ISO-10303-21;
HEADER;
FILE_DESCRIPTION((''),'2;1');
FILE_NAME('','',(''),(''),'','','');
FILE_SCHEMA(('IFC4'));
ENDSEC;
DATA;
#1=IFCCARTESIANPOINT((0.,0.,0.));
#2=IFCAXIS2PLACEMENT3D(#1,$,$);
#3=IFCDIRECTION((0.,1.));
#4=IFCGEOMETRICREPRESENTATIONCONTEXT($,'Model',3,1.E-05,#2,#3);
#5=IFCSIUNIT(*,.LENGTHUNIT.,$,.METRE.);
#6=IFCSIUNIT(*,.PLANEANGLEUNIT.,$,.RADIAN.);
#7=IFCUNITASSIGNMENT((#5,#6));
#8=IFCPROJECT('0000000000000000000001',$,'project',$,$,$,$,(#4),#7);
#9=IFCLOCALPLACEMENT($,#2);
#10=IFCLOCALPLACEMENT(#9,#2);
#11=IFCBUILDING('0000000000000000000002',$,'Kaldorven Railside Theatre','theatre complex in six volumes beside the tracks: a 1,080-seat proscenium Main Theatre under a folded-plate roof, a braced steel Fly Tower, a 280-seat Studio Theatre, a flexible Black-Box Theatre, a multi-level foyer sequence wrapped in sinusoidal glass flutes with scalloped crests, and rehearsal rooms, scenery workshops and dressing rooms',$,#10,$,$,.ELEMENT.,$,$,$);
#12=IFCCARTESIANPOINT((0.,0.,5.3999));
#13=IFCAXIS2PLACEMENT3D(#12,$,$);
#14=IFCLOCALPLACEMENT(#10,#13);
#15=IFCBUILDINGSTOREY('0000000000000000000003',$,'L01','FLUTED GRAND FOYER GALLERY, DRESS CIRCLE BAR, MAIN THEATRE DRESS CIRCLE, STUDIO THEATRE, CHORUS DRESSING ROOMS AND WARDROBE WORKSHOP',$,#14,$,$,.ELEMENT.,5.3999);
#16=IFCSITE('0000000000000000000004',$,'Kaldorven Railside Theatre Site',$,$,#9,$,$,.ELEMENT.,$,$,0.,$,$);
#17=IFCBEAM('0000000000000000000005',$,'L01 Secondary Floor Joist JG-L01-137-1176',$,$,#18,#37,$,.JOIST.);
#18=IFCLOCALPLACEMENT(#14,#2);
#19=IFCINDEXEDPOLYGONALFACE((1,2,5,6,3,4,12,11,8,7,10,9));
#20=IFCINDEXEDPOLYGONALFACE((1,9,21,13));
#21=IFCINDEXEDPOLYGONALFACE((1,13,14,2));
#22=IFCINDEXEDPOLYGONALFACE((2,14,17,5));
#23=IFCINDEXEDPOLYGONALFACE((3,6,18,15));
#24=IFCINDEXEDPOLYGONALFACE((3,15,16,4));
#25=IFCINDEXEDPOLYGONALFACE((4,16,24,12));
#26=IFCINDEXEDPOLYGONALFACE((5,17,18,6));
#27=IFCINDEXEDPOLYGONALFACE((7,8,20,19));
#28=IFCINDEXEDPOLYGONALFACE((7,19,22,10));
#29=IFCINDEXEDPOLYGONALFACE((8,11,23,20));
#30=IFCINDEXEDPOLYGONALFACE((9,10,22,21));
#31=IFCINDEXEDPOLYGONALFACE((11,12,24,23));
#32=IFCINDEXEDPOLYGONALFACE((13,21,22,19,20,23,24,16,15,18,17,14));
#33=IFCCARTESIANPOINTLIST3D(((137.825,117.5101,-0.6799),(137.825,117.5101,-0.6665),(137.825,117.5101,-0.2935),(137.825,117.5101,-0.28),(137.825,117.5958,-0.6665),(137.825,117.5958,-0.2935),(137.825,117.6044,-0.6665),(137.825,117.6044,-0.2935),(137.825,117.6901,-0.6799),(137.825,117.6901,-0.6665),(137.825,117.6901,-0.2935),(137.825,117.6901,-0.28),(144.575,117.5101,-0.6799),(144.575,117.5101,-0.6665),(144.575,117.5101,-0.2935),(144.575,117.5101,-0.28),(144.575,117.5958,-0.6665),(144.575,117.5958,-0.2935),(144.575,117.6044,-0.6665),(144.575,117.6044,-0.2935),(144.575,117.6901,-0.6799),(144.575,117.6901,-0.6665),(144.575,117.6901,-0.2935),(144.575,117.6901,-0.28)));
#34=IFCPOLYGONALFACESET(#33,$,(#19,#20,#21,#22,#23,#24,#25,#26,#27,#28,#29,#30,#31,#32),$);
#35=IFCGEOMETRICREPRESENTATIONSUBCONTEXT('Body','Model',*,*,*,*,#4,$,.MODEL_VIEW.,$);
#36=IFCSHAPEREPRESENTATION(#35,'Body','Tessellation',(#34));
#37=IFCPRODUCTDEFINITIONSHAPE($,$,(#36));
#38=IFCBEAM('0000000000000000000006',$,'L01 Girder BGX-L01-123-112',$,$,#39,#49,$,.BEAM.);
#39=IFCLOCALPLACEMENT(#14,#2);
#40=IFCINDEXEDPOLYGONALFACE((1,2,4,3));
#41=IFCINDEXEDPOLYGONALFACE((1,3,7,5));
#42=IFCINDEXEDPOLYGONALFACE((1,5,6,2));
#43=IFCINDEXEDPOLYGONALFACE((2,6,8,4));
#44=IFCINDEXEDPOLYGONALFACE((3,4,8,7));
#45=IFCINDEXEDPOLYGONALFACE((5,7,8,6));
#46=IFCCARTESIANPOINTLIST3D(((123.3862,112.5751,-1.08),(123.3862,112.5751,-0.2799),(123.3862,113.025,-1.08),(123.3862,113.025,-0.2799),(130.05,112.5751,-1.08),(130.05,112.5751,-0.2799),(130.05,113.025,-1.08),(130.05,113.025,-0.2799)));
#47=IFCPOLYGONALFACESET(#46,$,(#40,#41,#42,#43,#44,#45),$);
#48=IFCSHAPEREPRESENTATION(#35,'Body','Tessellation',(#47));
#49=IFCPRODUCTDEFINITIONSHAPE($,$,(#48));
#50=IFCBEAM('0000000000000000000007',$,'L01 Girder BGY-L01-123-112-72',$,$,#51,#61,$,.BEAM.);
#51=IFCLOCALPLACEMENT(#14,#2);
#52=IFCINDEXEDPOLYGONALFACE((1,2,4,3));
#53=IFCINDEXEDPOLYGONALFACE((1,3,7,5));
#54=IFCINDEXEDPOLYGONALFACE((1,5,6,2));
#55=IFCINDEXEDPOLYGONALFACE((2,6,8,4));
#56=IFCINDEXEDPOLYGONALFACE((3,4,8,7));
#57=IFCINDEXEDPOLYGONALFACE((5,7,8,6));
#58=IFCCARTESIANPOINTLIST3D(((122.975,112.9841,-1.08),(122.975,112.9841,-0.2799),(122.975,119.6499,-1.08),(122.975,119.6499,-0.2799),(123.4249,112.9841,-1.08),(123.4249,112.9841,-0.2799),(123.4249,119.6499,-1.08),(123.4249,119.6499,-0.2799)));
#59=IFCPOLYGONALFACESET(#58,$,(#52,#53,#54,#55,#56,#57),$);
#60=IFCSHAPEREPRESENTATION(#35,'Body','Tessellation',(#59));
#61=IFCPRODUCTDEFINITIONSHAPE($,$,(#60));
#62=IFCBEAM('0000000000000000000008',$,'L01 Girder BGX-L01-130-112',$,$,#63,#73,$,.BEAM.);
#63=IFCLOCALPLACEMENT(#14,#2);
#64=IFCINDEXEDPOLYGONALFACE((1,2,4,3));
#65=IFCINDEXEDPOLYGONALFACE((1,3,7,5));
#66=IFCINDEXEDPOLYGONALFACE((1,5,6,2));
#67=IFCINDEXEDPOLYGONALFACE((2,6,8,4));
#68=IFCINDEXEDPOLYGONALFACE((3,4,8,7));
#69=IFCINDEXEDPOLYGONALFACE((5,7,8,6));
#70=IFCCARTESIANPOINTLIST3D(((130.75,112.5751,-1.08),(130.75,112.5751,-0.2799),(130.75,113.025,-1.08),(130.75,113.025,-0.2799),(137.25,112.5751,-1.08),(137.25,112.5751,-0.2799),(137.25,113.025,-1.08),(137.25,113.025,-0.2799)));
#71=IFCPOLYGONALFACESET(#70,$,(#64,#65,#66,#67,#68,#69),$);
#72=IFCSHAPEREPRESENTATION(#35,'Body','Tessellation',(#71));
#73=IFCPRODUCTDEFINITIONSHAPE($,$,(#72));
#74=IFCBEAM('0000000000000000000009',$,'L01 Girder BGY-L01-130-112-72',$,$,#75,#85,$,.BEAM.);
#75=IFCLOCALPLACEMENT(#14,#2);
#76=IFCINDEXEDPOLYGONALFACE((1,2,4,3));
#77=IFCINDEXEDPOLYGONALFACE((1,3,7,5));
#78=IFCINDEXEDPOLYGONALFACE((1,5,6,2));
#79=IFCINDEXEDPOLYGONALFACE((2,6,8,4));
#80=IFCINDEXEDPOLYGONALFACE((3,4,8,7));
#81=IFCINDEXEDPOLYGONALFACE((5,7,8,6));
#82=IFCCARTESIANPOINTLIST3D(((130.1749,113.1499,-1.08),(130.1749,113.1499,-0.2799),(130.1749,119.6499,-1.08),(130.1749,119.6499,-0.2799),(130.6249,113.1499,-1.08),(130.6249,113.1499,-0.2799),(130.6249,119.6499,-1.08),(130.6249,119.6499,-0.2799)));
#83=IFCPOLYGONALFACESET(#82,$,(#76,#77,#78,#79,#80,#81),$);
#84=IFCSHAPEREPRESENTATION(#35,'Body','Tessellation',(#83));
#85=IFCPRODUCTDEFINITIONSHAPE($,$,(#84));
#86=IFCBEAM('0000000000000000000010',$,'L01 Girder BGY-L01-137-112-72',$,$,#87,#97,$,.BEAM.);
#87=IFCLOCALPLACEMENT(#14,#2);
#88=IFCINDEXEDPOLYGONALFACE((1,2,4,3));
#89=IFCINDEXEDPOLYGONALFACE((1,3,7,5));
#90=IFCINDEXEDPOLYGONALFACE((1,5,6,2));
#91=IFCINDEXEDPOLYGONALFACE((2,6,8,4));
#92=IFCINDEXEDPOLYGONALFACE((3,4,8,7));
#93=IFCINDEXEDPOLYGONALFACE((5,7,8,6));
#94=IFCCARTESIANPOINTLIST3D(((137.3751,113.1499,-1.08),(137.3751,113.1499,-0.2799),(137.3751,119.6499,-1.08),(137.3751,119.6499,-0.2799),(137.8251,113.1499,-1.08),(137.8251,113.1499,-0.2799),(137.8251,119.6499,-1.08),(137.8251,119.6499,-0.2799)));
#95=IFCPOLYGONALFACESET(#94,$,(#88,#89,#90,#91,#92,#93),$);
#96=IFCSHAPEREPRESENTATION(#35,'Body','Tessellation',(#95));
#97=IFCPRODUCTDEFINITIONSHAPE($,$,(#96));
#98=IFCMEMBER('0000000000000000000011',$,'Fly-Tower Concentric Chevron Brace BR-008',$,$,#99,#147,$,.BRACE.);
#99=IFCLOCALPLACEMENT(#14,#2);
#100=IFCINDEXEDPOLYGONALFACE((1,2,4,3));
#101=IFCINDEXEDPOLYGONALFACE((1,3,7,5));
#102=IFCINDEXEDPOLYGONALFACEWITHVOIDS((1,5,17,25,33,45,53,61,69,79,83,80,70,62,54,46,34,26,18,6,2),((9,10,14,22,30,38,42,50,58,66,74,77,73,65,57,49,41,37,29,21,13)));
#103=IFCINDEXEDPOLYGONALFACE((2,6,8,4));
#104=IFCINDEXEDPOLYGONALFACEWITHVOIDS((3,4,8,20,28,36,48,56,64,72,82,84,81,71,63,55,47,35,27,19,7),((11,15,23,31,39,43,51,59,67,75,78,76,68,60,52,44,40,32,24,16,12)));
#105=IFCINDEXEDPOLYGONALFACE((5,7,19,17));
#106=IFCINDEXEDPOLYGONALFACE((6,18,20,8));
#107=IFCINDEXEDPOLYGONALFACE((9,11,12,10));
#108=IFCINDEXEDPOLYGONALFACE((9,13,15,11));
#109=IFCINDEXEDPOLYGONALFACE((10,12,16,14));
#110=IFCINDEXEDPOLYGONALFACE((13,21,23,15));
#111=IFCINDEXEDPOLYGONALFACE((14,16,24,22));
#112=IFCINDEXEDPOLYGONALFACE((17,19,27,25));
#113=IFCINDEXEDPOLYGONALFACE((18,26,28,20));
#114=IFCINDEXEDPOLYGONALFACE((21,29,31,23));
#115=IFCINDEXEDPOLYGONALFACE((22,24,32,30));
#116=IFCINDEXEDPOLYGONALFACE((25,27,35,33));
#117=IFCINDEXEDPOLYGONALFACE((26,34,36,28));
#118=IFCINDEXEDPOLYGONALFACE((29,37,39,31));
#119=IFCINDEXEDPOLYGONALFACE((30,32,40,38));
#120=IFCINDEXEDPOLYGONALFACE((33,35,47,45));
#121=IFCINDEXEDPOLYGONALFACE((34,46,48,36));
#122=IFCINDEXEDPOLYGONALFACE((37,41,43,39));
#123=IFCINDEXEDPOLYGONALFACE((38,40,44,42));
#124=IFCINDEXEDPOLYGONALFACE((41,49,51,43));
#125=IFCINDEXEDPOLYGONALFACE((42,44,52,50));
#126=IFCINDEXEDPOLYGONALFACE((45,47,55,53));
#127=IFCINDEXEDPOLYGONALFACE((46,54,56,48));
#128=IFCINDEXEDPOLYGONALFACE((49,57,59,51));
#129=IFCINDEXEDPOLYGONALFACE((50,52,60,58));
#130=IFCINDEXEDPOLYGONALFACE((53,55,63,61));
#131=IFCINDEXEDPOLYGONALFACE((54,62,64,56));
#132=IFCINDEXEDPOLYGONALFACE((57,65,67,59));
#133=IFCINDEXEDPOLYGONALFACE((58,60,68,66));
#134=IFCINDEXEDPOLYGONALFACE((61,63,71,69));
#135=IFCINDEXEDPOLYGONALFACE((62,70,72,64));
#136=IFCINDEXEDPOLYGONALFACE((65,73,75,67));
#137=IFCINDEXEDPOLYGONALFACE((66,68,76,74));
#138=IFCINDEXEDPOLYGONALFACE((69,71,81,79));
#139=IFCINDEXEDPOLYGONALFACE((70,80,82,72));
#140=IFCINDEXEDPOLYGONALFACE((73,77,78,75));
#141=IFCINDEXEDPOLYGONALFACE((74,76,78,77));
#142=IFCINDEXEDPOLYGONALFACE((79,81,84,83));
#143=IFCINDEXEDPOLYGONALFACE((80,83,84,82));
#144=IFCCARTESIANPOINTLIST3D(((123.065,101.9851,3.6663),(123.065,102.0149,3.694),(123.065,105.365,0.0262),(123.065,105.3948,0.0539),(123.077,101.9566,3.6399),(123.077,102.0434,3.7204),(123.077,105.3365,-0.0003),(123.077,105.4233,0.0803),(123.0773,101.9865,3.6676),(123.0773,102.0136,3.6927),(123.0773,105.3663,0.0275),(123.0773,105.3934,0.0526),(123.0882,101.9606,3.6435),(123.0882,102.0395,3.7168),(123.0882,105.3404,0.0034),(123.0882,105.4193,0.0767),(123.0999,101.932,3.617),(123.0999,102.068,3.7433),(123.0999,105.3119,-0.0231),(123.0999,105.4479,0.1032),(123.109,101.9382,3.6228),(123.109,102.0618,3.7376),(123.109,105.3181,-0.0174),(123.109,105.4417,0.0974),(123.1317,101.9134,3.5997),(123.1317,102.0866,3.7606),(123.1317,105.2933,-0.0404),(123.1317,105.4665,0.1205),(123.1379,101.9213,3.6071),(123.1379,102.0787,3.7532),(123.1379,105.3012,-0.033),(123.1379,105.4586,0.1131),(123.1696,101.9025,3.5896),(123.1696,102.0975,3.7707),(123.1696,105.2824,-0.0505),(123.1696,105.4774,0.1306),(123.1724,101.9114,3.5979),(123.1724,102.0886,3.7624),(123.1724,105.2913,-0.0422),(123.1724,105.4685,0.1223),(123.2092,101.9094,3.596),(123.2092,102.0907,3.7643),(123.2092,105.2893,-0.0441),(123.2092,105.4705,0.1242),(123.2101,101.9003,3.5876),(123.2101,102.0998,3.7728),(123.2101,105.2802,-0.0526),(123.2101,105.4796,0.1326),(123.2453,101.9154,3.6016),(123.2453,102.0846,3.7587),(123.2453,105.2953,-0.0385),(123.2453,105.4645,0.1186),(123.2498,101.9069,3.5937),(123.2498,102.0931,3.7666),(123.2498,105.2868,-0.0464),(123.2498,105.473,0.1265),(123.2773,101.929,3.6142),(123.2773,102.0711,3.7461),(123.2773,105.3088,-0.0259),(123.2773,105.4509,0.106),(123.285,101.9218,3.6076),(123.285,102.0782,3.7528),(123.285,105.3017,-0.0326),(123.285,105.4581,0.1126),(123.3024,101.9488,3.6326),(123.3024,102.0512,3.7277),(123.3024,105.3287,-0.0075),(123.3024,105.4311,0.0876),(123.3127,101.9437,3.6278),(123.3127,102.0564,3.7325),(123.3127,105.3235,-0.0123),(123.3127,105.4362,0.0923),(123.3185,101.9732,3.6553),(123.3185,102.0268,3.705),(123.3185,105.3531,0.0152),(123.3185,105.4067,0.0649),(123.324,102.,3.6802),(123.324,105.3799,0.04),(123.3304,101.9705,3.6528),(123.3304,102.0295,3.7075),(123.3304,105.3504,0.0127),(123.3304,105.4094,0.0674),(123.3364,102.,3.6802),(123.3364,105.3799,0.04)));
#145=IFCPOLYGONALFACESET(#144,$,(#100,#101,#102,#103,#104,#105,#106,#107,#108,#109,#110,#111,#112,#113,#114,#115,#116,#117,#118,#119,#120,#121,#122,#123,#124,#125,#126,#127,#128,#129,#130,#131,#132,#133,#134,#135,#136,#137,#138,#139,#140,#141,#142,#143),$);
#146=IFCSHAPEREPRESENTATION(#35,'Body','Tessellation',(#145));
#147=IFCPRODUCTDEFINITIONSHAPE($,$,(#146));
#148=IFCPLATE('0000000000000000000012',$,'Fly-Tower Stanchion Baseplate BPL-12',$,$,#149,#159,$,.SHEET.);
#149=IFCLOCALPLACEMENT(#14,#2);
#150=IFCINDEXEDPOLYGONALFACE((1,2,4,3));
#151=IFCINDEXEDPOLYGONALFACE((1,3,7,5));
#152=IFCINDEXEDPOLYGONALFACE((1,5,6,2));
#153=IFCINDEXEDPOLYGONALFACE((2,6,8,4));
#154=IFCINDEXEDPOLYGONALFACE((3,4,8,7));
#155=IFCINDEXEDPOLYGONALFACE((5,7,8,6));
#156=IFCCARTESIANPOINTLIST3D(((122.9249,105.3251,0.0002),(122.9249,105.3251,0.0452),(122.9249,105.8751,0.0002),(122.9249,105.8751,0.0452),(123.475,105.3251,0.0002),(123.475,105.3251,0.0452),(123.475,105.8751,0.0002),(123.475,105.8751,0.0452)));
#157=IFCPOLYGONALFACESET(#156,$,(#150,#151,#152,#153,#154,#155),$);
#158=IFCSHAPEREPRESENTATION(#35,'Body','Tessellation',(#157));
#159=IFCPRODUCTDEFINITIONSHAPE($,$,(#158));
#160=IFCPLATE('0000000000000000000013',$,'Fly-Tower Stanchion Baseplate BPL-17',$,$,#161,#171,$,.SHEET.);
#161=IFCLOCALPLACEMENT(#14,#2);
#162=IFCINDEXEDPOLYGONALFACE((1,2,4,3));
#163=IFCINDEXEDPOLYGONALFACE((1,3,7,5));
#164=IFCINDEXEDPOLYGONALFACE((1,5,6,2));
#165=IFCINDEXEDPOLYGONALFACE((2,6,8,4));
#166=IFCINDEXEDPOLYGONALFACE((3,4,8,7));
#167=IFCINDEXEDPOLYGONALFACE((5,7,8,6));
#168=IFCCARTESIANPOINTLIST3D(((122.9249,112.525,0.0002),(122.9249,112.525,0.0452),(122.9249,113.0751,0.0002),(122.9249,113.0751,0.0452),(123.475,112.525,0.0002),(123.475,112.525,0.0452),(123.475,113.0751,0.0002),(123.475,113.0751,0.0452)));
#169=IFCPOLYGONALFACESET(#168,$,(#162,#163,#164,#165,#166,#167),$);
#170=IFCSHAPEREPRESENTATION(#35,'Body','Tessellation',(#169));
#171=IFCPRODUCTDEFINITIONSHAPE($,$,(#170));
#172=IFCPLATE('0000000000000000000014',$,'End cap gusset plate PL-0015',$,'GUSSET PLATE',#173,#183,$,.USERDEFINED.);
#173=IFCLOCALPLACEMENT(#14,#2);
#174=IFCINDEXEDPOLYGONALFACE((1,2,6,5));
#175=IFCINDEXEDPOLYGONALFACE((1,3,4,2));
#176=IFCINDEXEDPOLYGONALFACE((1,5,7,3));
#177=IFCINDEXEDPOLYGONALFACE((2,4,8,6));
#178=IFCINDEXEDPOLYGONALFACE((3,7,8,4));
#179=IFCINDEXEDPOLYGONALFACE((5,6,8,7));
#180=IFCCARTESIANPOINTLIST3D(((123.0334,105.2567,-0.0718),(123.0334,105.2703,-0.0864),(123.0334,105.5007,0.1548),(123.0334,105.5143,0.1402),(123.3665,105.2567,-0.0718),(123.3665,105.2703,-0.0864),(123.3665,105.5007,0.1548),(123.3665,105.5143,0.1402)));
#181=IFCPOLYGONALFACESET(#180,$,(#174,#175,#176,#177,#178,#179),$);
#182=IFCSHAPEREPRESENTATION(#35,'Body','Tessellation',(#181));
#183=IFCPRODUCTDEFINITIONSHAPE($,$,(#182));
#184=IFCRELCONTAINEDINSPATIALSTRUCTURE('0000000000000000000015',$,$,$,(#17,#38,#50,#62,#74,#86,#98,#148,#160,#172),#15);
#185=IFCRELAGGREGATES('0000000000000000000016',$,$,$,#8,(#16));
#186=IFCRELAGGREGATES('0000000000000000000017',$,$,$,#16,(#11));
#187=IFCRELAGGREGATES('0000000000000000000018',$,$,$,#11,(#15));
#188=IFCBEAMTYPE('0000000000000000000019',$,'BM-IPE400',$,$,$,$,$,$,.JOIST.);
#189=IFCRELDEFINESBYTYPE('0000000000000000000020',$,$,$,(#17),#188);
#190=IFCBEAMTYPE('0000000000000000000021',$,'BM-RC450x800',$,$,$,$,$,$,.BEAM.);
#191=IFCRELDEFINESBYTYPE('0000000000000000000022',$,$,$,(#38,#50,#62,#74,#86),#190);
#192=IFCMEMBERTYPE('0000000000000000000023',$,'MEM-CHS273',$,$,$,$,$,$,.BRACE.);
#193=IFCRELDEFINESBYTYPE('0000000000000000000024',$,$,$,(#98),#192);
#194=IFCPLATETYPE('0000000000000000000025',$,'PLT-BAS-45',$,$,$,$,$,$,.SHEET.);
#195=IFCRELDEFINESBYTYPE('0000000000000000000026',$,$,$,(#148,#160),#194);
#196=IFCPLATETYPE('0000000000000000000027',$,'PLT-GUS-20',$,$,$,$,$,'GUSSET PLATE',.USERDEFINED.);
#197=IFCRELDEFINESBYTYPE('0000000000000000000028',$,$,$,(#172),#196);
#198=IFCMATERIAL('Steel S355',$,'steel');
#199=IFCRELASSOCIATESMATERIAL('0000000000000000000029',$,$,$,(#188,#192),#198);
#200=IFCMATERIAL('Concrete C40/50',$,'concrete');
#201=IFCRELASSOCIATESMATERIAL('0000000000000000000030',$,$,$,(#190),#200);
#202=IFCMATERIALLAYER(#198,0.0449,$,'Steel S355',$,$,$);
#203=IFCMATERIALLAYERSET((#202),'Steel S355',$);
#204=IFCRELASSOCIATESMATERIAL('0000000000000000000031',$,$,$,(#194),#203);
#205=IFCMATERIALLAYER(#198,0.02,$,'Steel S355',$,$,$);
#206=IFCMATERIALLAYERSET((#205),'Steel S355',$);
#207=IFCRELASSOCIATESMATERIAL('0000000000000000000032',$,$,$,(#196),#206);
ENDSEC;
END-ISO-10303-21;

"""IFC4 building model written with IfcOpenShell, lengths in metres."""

from ifc_helpers import new_model, si_unit, direction, frame, origin, origin_2d, place, context, subcontext, project, spatial, rectangle, hollow_circle, i_section, extrude, material, layer, layer_set, material_profile, profile_set, type_object, element, save


model = new_model("IFC4")

# Units and contexts
model_context = context("Model", 3, precision=1e-05, world=origin(), true_north=direction((0.0, 1.0)))
body_context = subcontext(model_context, "Body", "Model", "MODEL_VIEW")
ifc_project = project(units=[si_unit("LENGTHUNIT", "METRE"), si_unit("PLANEANGLEUNIT", "RADIAN")], contexts=[model_context])

# Site, building, storey
site_placement = place(None, origin())
site = spatial("IfcSite", under=ifc_project, at=site_placement, Name="Kaldorven Railside Theatre Site", CompositionType="ELEMENT", RefElevation=0.0)
building_placement = place(site_placement, origin())
building = spatial("IfcBuilding", under=site, at=building_placement, Name="Kaldorven Railside Theatre", Description="theatre complex in six volumes beside the tracks: a 1,080-seat proscenium Main Theatre under a folded-plate roof, a braced steel Fly Tower, a 280-seat Studio Theatre, a flexible Black-Box Theatre, a multi-level foyer sequence wrapped in sinusoidal glass flutes with scalloped crests, and rehearsal rooms, scenery workshops and dressing rooms", CompositionType="ELEMENT")
storey_placement = place(building_placement, frame((0.0, 0.0, 5.3999)))
storey = spatial("IfcBuildingStorey", under=building, at=storey_placement, Name="L01", Description="FLUTED GRAND FOYER GALLERY, DRESS CIRCLE BAR, MAIN THEATRE DRESS CIRCLE, STUDIO THEATRE, CHORUS DRESSING ROOMS AND WARDROBE WORKSHOP", CompositionType="ELEMENT", Elevation=5.3999)

# Shared definitions
ifc_material_1 = material(Name="Steel S355", Category="steel")
ifc_material_2 = material(Name="Concrete C40/50", Category="concrete")

# Beams
ifc_material_profile_1 = material_profile(ifc_material_1, i_section(OverallWidth=0.1799, OverallDepth=0.3999, WebThickness=0.0085, FlangeThickness=0.0134, at=origin_2d()), Name="IPE 400")
ifc_profile_set_1 = profile_set([ifc_material_profile_1], Name="Steel S355")
beam_type_1 = type_object("IfcBeamType", Name="BM-IPE400", PredefinedType="JOIST", material=ifc_profile_set_1)
for number, where, z_axis, x_axis, name in (
    (1, (137.825, 117.6001, -0.48), (1.0, 0.0, 0.0), (0.0, 1.0, 0.0), "L01 Secondary Floor Joist JG-L01-137-1176"),
):
    element("IfcBeam", number, at=place(storey_placement, frame(where, z_axis=z_axis, x_axis=x_axis)), inside=storey, type_object=beam_type_1, Name=name, PredefinedType="JOIST", context=body_context, shape_type="SweptSolid", body=[
        extrude(i_section(OverallWidth=0.1799, OverallDepth=0.3999, WebThickness=0.0085, FlangeThickness=0.0134, at=origin_2d()), origin(), (0.0, 0.0, 1.0), 6.75),
    ])
ifc_material_profile_2 = material_profile(ifc_material_2, rectangle(XDim=0.45, YDim=0.8, at=origin_2d()), Name="RC 450x800")
ifc_profile_set_2 = profile_set([ifc_material_profile_2], Name="Concrete C40/50")
beam_type_2 = type_object("IfcBeamType", Name="BM-RC450x800", PredefinedType="BEAM", material=ifc_profile_set_2)
beam_1_placement = place(storey_placement, frame((123.3862, 112.8, -0.6799), z_axis=(1.0, 0.0, 0.0), x_axis=(0.0, 1.0, 0.0)))
element("IfcBeam", 2, at=beam_1_placement, inside=storey, type_object=beam_type_2, Name="L01 Girder BGX-L01-123-112", PredefinedType="BEAM", context=body_context, shape_type="SweptSolid", body=[
    extrude(rectangle(XDim=0.45, YDim=0.8, at=origin_2d()), origin(), (0.0, 0.0, 1.0), 6.6638),
])
beam_2_placement = place(storey_placement, frame((123.2, 112.9841, -0.6799), z_axis=(0.0, 1.0, 0.0), x_axis=(-1.0, 0.0, 0.0)))
element("IfcBeam", 3, at=beam_2_placement, inside=storey, type_object=beam_type_2, Name="L01 Girder BGY-L01-123-112-72", PredefinedType="BEAM", context=body_context, shape_type="SweptSolid", body=[
    extrude(rectangle(XDim=0.45, YDim=0.8, at=origin_2d()), origin(), (0.0, 0.0, 1.0), 6.6658),
])
for number, where, z_axis, x_axis, name in (
    (4, (130.75, 112.8, -0.6799), (1.0, 0.0, 0.0), (0.0, 1.0, 0.0), "L01 Girder BGX-L01-130-112"),
    (5, (130.3999, 113.1499, -0.6799), (0.0, 1.0, 0.0), (-1.0, 0.0, 0.0), "L01 Girder BGY-L01-130-112-72"),
    (6, (137.6001, 113.1499, -0.6799), (0.0, 1.0, 0.0), (-1.0, 0.0, 0.0), "L01 Girder BGY-L01-137-112-72"),
):
    element("IfcBeam", number, at=place(storey_placement, frame(where, z_axis=z_axis, x_axis=x_axis)), inside=storey, type_object=beam_type_2, Name=name, PredefinedType="BEAM", context=body_context, shape_type="SweptSolid", body=[
        extrude(rectangle(XDim=0.45, YDim=0.8, at=origin_2d()), origin(), (0.0, 0.0, 1.0), 6.5),
    ])

# Member
ifc_material_profile_3 = material_profile(ifc_material_1, hollow_circle(Radius=0.1365, WallThickness=0.0125, at=origin_2d()), Name="CHS 273x12.5")
ifc_profile_set_3 = profile_set([ifc_material_profile_3], Name="Steel S355")
member_type = type_object("IfcMemberType", Name="MEM-CHS273", PredefinedType="BRACE", material=ifc_profile_set_3)
member_placement = place(storey_placement, frame((123.2, 105.3799, 0.04), z_axis=(0.0, -0.680425, 0.732818), x_axis=(1.0, 0.0, 0.0)))
element("IfcMember", 7, at=member_placement, inside=storey, type_object=member_type, Name="Fly-Tower Concentric Chevron Brace BR-008", PredefinedType="BRACE", context=body_context, shape_type="SweptSolid", body=[
    extrude(hollow_circle(Radius=0.1365, WallThickness=0.0125, at=origin_2d()), origin(), (0.0, 0.0, 1.0), 4.9673),
])

# Plates
ifc_layer_1 = layer(ifc_material_1, 0.0449, Name="Steel S355")
ifc_layer_set_1 = layer_set([ifc_layer_1], Name="Steel S355")
plate_type_1 = type_object("IfcPlateType", Name="PLT-BAS-45", PredefinedType="SHEET", material=ifc_layer_set_1)
for number, where, z_axis, x_axis, name in (
    (8, (123.2, 105.6001, 0.0002), (0.0, 0.0, 1.0), (1.0, 0.0, 0.0), "Fly-Tower Stanchion Baseplate BPL-12"),
    (9, (123.2, 112.8, 0.0002), (0.0, 0.0, 1.0), (1.0, 0.0, 0.0), "Fly-Tower Stanchion Baseplate BPL-17"),
):
    element("IfcPlate", number, at=place(storey_placement, frame(where, z_axis=z_axis, x_axis=x_axis)), inside=storey, type_object=plate_type_1, Name=name, PredefinedType="SHEET", context=body_context, shape_type="SweptSolid", body=[
        extrude(rectangle(XDim=0.55, YDim=0.55, at=origin_2d()), origin(), (0.0, 0.0, 1.0), 0.0449),
    ])
ifc_layer_2 = layer(ifc_material_1, 0.02, Name="Steel S355")
ifc_layer_set_2 = layer_set([ifc_layer_2], Name="Steel S355")
plate_type_2 = type_object("IfcPlateType", Name="PLT-GUS-20", ElementType="GUSSET PLATE", PredefinedType="USERDEFINED", material=ifc_layer_set_2)
plate_placement = place(storey_placement, frame((123.2, 105.3923, 0.0269), z_axis=(0.0, -0.680465, 0.73278), x_axis=(1.0, 0.0, 0.0)))
element("IfcPlate", 10, at=plate_placement, inside=storey, type_object=plate_type_2, Name="End cap gusset plate PL-0015", ObjectType="GUSSET PLATE", PredefinedType="USERDEFINED", context=body_context, shape_type="SweptSolid", body=[
    extrude(rectangle(XDim=0.333, YDim=0.333, at=origin_2d()), origin(), (0.0, 0.0, 1.0), 0.02),
])

save(model, "model.ifc")
